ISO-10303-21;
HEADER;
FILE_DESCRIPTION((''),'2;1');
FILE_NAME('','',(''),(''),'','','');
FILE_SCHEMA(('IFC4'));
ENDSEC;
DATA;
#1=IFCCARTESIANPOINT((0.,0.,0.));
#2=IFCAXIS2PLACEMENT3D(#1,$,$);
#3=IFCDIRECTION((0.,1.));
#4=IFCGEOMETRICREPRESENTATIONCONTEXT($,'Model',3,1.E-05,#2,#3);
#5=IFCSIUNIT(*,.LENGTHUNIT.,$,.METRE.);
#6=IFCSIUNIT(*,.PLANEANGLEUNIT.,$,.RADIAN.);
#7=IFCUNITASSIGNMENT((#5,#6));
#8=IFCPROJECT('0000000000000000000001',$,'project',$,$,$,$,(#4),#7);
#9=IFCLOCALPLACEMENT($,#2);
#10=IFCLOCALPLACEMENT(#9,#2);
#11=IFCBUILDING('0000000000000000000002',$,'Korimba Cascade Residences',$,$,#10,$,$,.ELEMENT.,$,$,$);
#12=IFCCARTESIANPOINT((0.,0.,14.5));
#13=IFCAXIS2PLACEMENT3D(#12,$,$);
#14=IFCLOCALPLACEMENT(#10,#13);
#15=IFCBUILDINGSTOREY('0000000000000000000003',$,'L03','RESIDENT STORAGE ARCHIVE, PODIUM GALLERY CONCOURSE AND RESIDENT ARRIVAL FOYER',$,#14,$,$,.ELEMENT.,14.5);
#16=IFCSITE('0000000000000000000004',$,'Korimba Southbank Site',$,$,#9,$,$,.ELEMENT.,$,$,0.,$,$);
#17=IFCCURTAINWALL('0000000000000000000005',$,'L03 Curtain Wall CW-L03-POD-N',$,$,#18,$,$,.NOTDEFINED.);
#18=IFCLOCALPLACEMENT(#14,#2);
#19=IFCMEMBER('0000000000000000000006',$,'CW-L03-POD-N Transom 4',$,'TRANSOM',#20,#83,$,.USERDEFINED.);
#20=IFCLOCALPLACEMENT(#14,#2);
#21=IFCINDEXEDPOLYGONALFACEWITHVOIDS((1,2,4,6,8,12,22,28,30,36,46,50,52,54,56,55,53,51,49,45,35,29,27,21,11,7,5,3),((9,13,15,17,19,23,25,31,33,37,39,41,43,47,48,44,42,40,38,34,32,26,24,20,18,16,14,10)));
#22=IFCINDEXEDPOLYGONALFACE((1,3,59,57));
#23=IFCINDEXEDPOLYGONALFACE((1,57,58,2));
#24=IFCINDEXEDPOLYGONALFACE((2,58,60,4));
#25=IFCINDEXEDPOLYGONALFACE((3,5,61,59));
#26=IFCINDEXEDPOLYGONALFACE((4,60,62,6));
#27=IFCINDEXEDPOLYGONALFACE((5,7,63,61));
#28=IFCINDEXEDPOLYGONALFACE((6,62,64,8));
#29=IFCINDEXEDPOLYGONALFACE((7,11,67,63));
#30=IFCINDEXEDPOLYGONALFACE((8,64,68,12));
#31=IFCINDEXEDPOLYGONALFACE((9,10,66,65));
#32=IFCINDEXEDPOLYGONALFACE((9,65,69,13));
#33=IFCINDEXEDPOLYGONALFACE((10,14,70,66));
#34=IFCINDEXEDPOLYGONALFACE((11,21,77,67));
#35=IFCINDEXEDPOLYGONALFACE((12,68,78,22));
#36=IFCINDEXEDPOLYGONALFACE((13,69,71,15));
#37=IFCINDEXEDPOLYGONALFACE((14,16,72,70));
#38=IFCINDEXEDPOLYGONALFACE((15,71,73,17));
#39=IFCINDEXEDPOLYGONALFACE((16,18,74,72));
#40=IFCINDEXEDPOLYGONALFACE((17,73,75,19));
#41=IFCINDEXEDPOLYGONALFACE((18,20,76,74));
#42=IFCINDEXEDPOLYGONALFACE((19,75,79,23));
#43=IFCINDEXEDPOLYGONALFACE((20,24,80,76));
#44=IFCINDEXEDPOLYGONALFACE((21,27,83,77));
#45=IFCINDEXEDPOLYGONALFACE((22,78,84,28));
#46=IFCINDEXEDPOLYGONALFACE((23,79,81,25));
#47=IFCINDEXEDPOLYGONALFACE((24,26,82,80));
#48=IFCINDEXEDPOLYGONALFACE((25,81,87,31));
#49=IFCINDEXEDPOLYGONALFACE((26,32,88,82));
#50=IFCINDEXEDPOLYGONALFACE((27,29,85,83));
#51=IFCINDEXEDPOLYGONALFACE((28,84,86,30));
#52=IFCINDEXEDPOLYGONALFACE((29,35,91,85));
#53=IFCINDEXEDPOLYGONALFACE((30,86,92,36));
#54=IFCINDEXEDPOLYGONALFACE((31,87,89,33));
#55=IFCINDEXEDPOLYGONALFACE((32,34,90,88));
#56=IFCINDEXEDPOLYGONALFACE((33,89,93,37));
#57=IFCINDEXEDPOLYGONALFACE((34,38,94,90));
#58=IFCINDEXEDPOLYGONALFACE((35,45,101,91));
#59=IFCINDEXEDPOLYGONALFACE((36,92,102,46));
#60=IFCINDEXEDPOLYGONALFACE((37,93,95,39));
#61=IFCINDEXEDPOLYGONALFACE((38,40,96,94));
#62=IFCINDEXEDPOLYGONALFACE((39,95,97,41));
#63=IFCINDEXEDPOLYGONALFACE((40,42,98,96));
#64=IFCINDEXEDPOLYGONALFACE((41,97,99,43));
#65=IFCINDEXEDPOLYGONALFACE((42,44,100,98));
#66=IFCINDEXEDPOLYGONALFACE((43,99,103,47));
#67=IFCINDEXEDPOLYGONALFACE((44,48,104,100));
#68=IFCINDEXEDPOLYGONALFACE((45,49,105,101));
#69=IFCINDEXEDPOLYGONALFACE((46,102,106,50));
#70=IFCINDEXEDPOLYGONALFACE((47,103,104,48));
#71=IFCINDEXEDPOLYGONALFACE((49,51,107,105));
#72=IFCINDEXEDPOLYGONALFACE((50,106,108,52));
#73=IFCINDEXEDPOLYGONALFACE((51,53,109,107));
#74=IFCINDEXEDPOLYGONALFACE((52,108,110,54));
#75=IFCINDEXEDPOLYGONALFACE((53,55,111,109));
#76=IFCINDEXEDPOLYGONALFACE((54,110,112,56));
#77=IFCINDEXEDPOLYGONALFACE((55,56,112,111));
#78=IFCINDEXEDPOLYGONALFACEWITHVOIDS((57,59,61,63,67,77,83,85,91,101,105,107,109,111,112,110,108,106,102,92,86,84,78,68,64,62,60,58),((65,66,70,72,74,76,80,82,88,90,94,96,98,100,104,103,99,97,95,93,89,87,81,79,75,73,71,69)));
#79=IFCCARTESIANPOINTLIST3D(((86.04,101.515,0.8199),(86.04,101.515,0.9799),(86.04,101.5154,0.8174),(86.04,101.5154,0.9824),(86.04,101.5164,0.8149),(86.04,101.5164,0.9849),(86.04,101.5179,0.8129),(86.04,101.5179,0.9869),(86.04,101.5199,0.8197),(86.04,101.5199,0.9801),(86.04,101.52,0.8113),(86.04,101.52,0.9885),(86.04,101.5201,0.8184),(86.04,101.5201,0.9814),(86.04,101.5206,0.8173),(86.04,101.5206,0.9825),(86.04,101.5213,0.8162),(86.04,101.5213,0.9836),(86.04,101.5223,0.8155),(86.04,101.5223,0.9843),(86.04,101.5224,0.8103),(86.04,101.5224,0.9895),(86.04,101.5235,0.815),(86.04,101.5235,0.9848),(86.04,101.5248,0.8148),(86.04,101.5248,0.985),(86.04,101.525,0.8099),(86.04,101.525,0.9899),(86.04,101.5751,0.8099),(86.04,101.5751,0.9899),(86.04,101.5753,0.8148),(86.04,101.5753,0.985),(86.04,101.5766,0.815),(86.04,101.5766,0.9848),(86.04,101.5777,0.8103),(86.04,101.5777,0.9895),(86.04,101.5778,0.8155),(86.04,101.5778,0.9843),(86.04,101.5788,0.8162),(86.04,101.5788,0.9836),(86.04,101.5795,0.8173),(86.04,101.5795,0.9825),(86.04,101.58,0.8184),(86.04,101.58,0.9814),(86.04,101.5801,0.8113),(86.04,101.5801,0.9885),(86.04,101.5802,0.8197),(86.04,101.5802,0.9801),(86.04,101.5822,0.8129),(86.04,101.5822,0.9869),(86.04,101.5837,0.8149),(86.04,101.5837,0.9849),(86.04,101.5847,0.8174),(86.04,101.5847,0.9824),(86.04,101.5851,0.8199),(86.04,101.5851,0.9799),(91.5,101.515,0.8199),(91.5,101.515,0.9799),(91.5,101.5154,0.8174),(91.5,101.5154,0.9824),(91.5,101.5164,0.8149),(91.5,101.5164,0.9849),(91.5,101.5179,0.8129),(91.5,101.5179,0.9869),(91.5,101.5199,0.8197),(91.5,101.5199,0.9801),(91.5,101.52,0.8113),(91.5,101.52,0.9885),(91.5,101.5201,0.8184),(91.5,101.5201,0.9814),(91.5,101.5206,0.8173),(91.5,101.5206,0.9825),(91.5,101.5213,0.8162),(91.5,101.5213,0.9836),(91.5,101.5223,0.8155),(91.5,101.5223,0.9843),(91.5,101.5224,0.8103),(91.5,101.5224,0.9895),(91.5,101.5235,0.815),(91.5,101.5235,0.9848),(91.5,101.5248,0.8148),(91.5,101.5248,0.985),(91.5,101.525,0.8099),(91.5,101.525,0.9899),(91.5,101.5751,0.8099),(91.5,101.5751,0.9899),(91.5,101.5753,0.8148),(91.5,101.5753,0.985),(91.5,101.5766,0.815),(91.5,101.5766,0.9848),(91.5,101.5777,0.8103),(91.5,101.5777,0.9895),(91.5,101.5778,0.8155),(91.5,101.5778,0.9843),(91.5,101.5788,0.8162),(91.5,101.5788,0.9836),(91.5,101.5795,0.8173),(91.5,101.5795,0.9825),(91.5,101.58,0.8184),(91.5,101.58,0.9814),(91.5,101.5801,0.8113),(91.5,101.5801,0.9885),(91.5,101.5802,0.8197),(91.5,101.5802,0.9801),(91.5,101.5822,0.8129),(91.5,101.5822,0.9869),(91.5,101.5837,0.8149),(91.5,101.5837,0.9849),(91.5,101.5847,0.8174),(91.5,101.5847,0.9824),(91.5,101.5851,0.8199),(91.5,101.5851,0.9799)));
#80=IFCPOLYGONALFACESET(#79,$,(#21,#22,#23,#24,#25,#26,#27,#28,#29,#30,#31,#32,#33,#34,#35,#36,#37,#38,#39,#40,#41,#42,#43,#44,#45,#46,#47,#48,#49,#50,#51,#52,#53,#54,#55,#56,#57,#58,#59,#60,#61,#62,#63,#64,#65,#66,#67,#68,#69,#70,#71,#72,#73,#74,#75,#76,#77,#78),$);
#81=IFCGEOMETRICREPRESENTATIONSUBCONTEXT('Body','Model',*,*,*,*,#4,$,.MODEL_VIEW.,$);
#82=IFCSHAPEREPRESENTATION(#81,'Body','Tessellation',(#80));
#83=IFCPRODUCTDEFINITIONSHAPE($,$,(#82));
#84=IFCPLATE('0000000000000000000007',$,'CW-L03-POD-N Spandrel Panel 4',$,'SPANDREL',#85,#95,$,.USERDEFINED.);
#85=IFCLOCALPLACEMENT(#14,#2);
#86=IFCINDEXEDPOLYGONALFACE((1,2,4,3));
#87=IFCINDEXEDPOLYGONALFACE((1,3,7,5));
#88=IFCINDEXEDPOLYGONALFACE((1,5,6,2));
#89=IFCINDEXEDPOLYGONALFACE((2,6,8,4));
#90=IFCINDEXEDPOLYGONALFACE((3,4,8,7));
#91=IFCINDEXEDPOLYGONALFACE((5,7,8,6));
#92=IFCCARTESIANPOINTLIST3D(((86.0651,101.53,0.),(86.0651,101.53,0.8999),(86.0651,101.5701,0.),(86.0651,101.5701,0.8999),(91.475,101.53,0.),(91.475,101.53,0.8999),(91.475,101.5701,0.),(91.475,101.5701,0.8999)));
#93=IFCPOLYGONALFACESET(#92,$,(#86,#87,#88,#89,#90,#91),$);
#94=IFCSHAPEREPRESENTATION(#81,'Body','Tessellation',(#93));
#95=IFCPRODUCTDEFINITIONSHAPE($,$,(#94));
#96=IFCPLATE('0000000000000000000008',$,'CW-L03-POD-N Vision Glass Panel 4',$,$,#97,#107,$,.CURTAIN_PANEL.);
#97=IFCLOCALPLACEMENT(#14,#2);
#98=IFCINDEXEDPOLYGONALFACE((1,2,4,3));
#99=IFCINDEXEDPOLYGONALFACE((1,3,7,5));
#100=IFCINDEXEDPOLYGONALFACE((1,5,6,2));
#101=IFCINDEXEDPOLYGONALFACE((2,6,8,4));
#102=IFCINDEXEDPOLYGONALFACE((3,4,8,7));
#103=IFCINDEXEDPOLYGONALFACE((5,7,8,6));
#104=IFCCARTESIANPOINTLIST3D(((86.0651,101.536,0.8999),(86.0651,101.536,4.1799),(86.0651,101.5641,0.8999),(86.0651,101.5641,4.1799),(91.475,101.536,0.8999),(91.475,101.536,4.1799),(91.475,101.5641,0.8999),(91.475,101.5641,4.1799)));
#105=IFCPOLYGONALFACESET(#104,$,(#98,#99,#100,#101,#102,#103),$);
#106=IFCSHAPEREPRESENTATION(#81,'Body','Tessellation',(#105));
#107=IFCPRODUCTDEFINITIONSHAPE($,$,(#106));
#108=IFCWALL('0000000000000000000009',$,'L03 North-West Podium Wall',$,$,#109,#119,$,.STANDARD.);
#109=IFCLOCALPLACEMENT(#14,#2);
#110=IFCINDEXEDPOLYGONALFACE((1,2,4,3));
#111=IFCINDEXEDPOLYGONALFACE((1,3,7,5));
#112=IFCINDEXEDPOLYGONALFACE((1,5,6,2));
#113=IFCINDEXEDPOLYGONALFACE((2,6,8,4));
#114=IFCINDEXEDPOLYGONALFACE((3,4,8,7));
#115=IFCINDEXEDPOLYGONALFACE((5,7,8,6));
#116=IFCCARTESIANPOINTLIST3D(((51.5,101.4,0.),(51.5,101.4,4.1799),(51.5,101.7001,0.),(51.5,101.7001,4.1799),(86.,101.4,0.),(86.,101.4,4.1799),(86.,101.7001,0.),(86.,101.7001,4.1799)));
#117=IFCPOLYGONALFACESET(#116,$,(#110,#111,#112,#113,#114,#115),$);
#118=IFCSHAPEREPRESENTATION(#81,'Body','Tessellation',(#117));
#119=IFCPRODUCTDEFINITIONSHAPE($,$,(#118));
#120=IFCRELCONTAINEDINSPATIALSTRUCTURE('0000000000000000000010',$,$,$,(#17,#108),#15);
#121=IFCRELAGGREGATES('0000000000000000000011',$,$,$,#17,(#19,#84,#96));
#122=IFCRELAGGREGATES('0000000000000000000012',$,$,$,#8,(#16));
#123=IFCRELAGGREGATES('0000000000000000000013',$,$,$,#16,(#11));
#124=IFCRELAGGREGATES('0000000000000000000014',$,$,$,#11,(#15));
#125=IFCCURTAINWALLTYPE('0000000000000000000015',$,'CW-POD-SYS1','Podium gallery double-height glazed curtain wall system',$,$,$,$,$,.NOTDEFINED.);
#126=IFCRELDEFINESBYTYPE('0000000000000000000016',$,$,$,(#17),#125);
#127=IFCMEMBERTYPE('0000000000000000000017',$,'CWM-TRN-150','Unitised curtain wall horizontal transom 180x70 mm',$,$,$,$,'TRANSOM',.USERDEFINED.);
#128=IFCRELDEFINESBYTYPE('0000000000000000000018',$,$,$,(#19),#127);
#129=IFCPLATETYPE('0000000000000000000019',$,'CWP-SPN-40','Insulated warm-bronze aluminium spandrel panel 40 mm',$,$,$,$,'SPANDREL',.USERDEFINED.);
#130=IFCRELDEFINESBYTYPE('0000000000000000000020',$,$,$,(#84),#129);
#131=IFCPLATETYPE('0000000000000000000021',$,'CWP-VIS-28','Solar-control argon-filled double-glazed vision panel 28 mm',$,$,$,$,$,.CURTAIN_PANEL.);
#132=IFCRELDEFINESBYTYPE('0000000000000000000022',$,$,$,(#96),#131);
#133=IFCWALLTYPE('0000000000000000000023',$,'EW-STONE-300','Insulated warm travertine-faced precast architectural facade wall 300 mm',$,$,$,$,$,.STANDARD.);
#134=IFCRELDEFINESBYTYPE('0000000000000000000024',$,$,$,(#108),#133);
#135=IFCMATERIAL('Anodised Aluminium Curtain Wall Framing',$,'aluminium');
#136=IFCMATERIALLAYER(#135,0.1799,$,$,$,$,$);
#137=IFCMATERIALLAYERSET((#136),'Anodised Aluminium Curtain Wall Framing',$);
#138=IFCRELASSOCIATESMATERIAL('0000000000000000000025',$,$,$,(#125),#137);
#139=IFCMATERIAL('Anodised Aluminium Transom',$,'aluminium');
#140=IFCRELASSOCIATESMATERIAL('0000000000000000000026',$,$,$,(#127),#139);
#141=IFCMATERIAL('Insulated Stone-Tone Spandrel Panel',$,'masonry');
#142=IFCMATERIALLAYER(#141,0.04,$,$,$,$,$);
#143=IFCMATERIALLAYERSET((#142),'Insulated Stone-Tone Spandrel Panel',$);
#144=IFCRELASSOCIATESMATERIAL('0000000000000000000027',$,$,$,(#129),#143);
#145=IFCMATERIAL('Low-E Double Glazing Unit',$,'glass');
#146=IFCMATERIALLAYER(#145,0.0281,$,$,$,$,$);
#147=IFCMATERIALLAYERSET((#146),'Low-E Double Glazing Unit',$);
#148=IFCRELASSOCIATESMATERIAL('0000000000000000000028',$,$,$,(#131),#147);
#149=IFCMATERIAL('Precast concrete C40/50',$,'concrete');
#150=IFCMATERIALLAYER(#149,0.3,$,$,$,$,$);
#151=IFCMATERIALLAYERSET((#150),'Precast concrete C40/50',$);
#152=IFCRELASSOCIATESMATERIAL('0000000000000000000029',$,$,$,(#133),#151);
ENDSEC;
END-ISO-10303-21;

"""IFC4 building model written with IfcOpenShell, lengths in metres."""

from ifc_helpers import new_model, si_unit, direction, frame, frame_2d, origin, origin_2d, place, context, subcontext, project, spatial, rectangle, hollow_rectangle, extrude, material, layer, layer_set, material_profile, profile_set, type_object, element, aggregate, save


model = new_model("IFC4")

# Units and contexts
model_context = context("Model", 3, precision=1e-05, world=origin(), true_north=direction((0.0, 1.0)))
body_context = subcontext(model_context, "Body", "Model", "MODEL_VIEW")
ifc_project = project(units=[si_unit("LENGTHUNIT", "METRE"), si_unit("PLANEANGLEUNIT", "RADIAN")], contexts=[model_context])

# Site, building, storey
site_placement = place(None, origin())
site = spatial("IfcSite", under=ifc_project, at=site_placement, Name="Korimba Southbank Site", CompositionType="ELEMENT", RefElevation=0.0)
building_placement = place(site_placement, origin())
building = spatial("IfcBuilding", under=site, at=building_placement, Name="Korimba Cascade Residences", CompositionType="ELEMENT")
storey_placement = place(building_placement, frame((0.0, 0.0, 14.5)))
storey = spatial("IfcBuildingStorey", under=building, at=storey_placement, Name="L03", Description="RESIDENT STORAGE ARCHIVE, PODIUM GALLERY CONCOURSE AND RESIDENT ARRIVAL FOYER", CompositionType="ELEMENT", Elevation=14.5)

# Curtain wall, member, plates
ifc_material_1 = material(Name="Anodised Aluminium Curtain Wall Framing", Category="aluminium")
ifc_layer_1 = layer(ifc_material_1, 0.1799)
ifc_layer_set_1 = layer_set([ifc_layer_1], Name="Anodised Aluminium Curtain Wall Framing")
curtain_wall_type = type_object("IfcCurtainWallType", Name="CW-POD-SYS1", Description="Podium gallery double-height glazed curtain wall system", PredefinedType="NOTDEFINED", material=ifc_layer_set_1)
curtain_wall_placement = place(storey_placement, origin())
curtain_wall = element("IfcCurtainWall", 1, at=curtain_wall_placement, inside=storey, type_object=curtain_wall_type, Name="L03 Curtain Wall CW-L03-POD-N", PredefinedType="NOTDEFINED")
ifc_material_2 = material(Name="Anodised Aluminium Transom", Category="aluminium")
ifc_material_profile_1 = material_profile(ifc_material_2, hollow_rectangle(XDim=0.0701, YDim=0.1799, WallThickness=0.0049, InnerFilletRadius=0.0049, OuterFilletRadius=0.01, at=origin_2d()), Name="Anodised Aluminium Transom")
ifc_profile_set_1 = profile_set([ifc_material_profile_1], Name="Anodised Aluminium Transom")
member_type_1 = type_object("IfcMemberType", Name="CWM-TRN-150", Description="Unitised curtain wall horizontal transom 180x70 mm", ElementType="TRANSOM", PredefinedType="USERDEFINED", material=ifc_profile_set_1)
member_1_placement = place(storey_placement, frame((91.5, 101.55, 0.8999), z_axis=(-1.0, 0.0, 0.0), x_axis=(0.0, -1.0, 0.0)))
member_1 = element("IfcMember", 2, at=member_1_placement, type_object=member_type_1, Name="CW-L03-POD-N Transom 4", ObjectType="TRANSOM", PredefinedType="USERDEFINED", context=body_context, shape_type="SweptSolid", body=[
    extrude(hollow_rectangle(XDim=0.0701, YDim=0.1799, WallThickness=0.0049, InnerFilletRadius=0.0049, OuterFilletRadius=0.01, at=origin_2d()), origin(), (0.0, 0.0, 1.0), 5.46),
])
ifc_material_3 = material(Name="Insulated Stone-Tone Spandrel Panel", Category="masonry")
ifc_layer_2 = layer(ifc_material_3, 0.04)
ifc_layer_set_2 = layer_set([ifc_layer_2], Name="Insulated Stone-Tone Spandrel Panel")
plate_type_1 = type_object("IfcPlateType", Name="CWP-SPN-40", Description="Insulated warm-bronze aluminium spandrel panel 40 mm", ElementType="SPANDREL", PredefinedType="USERDEFINED", material=ifc_layer_set_2)
plate_1_placement = place(storey_placement, frame((88.77, 101.55, 0.0), z_axis=(0.0, 0.0, 1.0), x_axis=(-1.0, 0.0, 0.0)))
plate_1 = element("IfcPlate", 3, at=plate_1_placement, type_object=plate_type_1, Name="CW-L03-POD-N Spandrel Panel 4", ObjectType="SPANDREL", PredefinedType="USERDEFINED", context=body_context, shape_type="SweptSolid", body=[
    extrude(rectangle(XDim=5.4099, YDim=0.04, at=origin_2d()), origin(), (0.0, 0.0, 1.0), 0.8999),
])
ifc_material_4 = material(Name="Low-E Double Glazing Unit", Category="glass")
ifc_layer_3 = layer(ifc_material_4, 0.0281)
ifc_layer_set_3 = layer_set([ifc_layer_3], Name="Low-E Double Glazing Unit")
plate_type_2 = type_object("IfcPlateType", Name="CWP-VIS-28", Description="Solar-control argon-filled double-glazed vision panel 28 mm", PredefinedType="CURTAIN_PANEL", material=ifc_layer_set_3)
plate_2_placement = place(storey_placement, frame((88.77, 101.55, 0.8999), z_axis=(0.0, 0.0, 1.0), x_axis=(-1.0, 0.0, 0.0)))
plate_2 = element("IfcPlate", 4, at=plate_2_placement, type_object=plate_type_2, Name="CW-L03-POD-N Vision Glass Panel 4", PredefinedType="CURTAIN_PANEL", context=body_context, shape_type="SweptSolid", body=[
    extrude(rectangle(XDim=5.4099, YDim=0.0281, at=origin_2d()), origin(), (0.0, 0.0, 1.0), 3.28),
])
aggregate(curtain_wall, [member_1, plate_1, plate_2])

# Wall
ifc_material_5 = material(Name="Precast concrete C40/50", Category="concrete")
ifc_layer_4 = layer(ifc_material_5, 0.3)
ifc_layer_set_4 = layer_set([ifc_layer_4], Name="Precast concrete C40/50")
wall_type_1 = type_object("IfcWallType", Name="EW-STONE-300", Description="Insulated warm travertine-faced precast architectural facade wall 300 mm", PredefinedType="STANDARD", material=ifc_layer_set_4)
wall_1_placement = place(storey_placement, frame((86.0, 101.55, 0.0), z_axis=(0.0, 0.0, 1.0), x_axis=(-1.0, 0.0, 0.0)))
element("IfcWall", 5, at=wall_1_placement, inside=storey, type_object=wall_type_1, Name="L03 North-West Podium Wall", PredefinedType="STANDARD", context=body_context, shape_type="SweptSolid", body=[
    extrude(rectangle(XDim=34.5, YDim=0.3, at=frame_2d((17.25, 0.0))), origin(), (0.0, 0.0, 1.0), 4.1799),
])

save(model, "model.ifc")
